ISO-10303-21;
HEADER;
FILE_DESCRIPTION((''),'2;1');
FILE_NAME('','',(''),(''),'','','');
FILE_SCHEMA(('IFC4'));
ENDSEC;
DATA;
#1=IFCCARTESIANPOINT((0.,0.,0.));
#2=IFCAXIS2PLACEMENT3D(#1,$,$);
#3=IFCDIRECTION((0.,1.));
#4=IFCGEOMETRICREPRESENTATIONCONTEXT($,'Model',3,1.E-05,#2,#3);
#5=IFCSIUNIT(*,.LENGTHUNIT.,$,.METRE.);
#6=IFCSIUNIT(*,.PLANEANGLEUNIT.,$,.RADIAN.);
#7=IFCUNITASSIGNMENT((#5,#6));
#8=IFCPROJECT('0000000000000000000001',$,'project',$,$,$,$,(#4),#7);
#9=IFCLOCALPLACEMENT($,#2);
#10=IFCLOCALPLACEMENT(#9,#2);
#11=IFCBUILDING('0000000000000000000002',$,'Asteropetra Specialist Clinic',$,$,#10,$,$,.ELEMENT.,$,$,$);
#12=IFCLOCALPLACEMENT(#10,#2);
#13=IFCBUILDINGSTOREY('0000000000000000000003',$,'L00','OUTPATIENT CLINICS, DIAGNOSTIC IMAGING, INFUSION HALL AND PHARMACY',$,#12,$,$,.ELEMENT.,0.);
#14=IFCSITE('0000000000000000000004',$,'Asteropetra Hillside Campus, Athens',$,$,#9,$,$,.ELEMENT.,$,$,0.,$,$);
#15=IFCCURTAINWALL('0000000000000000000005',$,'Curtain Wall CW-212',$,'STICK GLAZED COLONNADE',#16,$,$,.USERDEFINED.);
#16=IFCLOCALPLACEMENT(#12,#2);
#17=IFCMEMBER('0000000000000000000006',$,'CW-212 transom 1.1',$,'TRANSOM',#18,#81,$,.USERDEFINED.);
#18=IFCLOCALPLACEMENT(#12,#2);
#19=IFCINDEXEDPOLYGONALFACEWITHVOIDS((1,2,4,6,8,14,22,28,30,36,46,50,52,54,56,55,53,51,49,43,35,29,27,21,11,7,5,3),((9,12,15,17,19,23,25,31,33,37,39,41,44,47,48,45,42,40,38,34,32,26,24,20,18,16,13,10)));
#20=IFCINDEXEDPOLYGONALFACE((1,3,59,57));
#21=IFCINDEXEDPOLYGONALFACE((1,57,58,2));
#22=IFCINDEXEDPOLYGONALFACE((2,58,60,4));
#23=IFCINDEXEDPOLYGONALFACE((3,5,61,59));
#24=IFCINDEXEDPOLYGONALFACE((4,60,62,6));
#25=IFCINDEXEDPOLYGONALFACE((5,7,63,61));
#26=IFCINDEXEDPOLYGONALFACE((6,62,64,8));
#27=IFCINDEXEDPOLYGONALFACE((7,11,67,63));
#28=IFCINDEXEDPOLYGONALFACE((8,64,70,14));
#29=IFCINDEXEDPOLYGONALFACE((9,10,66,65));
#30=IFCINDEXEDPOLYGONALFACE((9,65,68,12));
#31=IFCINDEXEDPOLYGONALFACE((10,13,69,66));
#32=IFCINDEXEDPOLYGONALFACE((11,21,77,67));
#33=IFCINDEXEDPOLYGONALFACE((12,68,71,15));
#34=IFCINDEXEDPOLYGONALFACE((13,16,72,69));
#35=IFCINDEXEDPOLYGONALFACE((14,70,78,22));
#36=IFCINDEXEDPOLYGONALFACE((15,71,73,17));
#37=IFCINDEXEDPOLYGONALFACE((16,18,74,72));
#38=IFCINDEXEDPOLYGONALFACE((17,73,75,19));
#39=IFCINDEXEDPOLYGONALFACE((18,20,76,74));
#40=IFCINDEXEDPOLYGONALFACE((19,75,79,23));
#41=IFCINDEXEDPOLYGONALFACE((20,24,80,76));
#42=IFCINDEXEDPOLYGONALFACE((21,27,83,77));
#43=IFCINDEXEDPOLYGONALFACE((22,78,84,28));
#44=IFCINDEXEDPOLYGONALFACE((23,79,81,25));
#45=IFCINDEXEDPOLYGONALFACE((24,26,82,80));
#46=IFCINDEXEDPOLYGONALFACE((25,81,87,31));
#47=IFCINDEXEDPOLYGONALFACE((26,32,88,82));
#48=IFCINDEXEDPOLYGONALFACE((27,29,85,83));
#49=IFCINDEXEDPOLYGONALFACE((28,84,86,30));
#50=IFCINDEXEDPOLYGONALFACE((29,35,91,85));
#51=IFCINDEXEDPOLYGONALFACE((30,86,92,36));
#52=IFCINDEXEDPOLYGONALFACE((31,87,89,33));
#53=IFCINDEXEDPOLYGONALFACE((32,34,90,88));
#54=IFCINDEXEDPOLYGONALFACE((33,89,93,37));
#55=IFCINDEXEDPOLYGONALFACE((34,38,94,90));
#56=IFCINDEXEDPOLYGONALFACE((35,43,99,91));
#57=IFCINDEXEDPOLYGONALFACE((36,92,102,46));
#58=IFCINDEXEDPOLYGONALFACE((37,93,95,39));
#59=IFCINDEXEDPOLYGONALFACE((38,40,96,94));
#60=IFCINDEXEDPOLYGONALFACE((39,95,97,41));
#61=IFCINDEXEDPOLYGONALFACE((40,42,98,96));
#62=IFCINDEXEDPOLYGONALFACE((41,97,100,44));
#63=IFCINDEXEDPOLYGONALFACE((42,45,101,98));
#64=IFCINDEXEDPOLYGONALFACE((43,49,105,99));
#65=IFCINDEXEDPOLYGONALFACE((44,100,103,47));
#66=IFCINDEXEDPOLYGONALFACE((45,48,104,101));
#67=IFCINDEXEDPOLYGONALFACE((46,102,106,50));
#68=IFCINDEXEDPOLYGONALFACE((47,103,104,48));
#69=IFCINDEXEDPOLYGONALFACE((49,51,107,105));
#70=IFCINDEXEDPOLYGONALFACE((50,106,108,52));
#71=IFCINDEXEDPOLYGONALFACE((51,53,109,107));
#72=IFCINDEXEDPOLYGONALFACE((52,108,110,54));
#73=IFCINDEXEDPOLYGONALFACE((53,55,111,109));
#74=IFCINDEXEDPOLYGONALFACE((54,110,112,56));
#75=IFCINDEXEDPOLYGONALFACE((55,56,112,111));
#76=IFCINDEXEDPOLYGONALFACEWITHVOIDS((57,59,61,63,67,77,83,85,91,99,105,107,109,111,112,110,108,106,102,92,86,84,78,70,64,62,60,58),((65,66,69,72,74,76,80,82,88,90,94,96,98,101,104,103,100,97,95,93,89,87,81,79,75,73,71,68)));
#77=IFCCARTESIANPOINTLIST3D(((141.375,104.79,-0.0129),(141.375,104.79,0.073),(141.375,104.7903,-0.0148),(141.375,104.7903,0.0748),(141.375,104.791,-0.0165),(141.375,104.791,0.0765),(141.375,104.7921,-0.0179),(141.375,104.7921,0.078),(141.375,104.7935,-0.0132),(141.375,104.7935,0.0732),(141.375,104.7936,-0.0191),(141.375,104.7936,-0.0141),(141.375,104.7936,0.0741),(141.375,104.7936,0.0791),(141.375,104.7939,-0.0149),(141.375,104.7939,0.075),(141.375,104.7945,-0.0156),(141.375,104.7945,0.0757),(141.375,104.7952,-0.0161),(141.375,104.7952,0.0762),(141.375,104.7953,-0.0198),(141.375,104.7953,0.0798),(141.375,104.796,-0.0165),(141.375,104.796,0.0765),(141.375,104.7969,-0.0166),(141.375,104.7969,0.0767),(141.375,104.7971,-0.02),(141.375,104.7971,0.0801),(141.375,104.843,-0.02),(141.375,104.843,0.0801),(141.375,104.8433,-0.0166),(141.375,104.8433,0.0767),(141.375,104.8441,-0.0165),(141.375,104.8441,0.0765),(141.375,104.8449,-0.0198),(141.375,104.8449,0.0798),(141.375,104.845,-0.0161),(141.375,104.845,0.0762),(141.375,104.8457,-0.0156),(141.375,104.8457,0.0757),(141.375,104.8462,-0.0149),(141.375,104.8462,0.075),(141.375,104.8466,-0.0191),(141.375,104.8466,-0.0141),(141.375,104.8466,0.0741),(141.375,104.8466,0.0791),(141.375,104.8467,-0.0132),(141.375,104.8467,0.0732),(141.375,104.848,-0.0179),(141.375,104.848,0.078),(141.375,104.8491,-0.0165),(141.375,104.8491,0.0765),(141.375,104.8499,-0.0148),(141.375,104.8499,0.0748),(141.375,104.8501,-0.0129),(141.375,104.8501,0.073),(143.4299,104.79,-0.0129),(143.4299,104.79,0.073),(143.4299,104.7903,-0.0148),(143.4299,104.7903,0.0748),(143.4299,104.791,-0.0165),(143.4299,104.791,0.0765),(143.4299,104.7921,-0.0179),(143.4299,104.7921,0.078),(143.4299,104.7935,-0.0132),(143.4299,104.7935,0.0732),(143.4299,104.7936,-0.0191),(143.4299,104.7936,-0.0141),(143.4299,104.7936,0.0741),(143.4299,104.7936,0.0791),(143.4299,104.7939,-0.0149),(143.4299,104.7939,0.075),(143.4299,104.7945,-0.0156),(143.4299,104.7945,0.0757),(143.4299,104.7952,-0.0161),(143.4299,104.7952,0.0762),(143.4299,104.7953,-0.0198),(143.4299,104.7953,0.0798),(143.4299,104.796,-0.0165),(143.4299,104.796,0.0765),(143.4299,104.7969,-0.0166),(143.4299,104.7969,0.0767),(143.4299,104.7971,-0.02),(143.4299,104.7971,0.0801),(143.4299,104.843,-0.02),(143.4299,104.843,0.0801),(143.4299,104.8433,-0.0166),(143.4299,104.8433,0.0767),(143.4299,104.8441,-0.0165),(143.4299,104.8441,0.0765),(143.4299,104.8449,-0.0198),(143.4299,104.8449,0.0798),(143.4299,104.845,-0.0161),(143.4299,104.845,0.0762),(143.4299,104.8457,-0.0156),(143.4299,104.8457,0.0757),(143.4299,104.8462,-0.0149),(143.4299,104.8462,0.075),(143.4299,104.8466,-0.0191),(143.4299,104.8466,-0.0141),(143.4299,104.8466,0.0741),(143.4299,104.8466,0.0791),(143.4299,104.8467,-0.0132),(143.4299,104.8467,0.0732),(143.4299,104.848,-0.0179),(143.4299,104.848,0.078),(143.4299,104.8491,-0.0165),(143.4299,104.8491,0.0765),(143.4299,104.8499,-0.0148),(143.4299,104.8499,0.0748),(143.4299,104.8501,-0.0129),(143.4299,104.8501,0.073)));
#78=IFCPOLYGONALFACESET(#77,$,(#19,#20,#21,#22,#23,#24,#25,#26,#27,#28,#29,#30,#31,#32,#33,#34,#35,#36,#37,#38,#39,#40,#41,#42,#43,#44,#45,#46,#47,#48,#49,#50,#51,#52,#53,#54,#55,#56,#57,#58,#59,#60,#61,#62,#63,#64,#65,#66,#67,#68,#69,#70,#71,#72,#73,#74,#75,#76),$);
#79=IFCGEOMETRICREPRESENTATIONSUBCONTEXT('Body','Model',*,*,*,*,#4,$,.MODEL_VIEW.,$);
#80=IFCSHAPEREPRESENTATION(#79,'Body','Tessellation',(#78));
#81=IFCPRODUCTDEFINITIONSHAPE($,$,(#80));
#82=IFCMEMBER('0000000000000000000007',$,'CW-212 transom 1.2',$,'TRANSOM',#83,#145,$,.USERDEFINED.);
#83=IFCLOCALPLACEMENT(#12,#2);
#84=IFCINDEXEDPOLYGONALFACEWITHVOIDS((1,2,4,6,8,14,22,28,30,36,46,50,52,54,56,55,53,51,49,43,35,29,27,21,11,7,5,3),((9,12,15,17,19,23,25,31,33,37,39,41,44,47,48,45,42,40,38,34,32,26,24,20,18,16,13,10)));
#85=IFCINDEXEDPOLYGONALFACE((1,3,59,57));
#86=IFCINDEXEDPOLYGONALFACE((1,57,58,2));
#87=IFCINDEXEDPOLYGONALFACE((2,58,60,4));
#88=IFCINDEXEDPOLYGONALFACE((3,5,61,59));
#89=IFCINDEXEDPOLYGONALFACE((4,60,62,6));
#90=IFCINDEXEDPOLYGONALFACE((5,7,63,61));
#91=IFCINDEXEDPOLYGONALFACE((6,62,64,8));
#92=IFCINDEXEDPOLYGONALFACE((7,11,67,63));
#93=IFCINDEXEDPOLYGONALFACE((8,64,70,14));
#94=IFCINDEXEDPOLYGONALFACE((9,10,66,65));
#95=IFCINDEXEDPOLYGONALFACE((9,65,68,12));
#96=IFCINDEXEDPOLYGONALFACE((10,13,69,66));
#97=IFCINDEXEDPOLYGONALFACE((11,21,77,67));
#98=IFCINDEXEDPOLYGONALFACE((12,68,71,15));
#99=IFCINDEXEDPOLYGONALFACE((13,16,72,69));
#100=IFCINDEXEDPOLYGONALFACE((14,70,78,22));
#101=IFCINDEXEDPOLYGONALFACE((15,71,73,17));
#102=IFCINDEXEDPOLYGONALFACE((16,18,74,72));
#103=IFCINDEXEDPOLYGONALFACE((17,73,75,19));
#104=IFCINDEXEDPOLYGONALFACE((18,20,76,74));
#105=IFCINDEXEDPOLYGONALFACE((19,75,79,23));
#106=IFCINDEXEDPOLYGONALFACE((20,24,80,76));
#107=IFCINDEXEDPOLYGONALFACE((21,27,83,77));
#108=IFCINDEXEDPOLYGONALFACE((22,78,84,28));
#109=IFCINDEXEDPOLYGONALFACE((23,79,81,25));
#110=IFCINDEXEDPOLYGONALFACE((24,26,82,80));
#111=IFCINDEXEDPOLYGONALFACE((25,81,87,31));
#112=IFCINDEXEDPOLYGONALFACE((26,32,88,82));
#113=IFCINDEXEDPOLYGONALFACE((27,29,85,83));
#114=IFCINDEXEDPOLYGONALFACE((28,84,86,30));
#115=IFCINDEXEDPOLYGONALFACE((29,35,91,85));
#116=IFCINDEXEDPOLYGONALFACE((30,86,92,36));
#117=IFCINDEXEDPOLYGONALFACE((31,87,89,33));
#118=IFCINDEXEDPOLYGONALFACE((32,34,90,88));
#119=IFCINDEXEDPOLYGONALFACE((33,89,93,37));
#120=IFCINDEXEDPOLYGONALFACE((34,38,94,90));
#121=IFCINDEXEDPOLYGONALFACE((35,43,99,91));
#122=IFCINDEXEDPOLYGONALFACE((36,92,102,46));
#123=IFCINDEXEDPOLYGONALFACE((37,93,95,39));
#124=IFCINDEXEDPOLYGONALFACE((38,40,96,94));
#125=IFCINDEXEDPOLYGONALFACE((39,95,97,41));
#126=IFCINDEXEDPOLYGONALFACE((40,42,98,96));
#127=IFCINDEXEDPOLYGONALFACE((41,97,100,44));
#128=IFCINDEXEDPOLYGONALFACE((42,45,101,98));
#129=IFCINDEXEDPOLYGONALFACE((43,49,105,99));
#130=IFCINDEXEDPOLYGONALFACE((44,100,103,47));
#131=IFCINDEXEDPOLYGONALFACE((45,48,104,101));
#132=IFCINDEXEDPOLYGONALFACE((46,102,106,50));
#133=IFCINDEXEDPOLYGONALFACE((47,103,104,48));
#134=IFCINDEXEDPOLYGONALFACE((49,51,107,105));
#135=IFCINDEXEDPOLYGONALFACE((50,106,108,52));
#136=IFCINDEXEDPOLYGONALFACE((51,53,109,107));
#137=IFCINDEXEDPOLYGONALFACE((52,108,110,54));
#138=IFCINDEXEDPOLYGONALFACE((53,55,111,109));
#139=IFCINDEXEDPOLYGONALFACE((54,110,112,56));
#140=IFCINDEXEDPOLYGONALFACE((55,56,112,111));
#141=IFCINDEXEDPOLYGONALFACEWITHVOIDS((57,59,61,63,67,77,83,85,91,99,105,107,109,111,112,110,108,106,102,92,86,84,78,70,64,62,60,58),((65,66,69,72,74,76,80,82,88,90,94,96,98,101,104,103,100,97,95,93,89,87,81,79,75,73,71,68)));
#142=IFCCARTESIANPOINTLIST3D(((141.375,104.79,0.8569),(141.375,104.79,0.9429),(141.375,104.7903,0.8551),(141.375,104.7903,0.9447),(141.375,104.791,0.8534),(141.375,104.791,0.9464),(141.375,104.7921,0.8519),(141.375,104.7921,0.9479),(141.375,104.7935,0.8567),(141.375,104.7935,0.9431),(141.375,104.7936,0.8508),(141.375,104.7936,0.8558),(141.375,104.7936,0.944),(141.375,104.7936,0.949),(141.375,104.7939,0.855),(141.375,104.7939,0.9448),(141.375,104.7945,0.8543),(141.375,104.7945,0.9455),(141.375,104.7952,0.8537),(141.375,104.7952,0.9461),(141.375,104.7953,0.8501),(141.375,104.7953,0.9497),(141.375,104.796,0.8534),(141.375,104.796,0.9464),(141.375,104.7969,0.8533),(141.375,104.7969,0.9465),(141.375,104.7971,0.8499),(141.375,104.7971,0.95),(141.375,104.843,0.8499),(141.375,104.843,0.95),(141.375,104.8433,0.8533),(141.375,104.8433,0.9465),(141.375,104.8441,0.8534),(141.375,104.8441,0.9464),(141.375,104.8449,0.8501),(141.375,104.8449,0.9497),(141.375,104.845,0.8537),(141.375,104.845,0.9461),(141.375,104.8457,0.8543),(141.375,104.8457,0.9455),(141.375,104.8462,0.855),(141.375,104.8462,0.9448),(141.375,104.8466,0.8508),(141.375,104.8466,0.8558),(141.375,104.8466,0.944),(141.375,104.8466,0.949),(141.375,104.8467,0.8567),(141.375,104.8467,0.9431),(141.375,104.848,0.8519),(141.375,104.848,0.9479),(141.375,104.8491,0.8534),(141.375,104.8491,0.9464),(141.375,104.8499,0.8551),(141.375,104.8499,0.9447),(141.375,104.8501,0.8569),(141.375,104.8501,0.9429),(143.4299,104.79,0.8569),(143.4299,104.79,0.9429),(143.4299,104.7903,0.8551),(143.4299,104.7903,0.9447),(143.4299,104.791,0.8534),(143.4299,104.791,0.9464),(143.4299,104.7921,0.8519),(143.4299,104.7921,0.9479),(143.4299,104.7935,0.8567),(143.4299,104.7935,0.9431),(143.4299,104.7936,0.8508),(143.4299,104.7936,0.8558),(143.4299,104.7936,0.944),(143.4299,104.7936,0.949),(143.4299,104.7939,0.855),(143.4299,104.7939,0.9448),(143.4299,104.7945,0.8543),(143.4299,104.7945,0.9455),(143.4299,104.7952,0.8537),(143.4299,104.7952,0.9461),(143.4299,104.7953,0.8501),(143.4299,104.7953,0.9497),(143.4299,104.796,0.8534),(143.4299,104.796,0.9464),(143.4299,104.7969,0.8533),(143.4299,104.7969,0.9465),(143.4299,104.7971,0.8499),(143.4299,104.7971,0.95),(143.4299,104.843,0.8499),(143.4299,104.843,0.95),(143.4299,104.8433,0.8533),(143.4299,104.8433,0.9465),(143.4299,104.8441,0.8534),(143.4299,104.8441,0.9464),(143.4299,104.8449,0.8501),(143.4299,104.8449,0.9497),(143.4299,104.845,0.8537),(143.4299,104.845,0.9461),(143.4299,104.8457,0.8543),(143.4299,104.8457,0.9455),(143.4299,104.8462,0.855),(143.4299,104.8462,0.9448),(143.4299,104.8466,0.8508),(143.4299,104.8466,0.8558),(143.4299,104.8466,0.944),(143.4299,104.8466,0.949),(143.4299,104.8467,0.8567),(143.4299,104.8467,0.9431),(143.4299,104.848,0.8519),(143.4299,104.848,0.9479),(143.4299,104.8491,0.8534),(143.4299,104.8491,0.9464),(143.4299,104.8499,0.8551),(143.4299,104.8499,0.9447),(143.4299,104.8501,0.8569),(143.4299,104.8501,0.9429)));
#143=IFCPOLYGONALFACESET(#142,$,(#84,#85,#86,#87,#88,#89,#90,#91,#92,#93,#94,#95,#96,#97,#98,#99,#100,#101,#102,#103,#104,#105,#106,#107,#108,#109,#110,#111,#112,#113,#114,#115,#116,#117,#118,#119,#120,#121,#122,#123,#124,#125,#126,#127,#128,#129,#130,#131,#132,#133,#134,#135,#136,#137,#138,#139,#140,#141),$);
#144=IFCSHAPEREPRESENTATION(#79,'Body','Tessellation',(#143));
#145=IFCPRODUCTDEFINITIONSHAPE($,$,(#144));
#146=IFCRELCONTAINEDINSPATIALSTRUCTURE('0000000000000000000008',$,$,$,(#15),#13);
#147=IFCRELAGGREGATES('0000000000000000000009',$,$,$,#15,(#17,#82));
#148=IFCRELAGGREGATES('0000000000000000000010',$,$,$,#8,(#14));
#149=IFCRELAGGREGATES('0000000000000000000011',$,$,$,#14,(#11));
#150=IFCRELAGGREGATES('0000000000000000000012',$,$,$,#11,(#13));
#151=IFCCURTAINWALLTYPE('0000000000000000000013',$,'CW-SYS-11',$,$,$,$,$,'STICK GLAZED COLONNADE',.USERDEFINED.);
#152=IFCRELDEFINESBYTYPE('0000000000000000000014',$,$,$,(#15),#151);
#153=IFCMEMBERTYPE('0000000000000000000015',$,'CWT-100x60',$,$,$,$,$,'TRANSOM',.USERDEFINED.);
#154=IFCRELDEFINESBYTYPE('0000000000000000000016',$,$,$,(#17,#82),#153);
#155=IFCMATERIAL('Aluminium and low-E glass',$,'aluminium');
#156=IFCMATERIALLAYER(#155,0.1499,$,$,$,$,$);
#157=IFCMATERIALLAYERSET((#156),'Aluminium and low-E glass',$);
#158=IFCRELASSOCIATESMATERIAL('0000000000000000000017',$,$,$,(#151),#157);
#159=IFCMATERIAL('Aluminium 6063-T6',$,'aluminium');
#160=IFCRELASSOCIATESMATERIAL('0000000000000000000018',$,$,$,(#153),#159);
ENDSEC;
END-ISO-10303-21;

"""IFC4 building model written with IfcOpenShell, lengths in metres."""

from ifc_helpers import new_model, si_unit, direction, frame, origin, origin_2d, place, context, subcontext, project, spatial, hollow_rectangle, extrude, material, layer, layer_set, material_profile, profile_set, type_object, element, aggregate, save


model = new_model("IFC4")

# Units and contexts
model_context = context("Model", 3, precision=1e-05, world=origin(), true_north=direction((0.0, 1.0)))
body_context = subcontext(model_context, "Body", "Model", "MODEL_VIEW")
ifc_project = project(units=[si_unit("LENGTHUNIT", "METRE"), si_unit("PLANEANGLEUNIT", "RADIAN")], contexts=[model_context])

# Site, building, storey
site_placement = place(None, origin())
site = spatial("IfcSite", under=ifc_project, at=site_placement, Name="Asteropetra Hillside Campus, Athens", CompositionType="ELEMENT", RefElevation=0.0)
building_placement = place(site_placement, origin())
building = spatial("IfcBuilding", under=site, at=building_placement, Name="Asteropetra Specialist Clinic", CompositionType="ELEMENT")
storey_placement = place(building_placement, origin())
storey = spatial("IfcBuildingStorey", under=building, at=storey_placement, Name="L00", Description="OUTPATIENT CLINICS, DIAGNOSTIC IMAGING, INFUSION HALL AND PHARMACY", CompositionType="ELEMENT", Elevation=0.0)

# Curtain wall, members
ifc_material_1 = material(Name="Aluminium and low-E glass", Category="aluminium")
ifc_layer_1 = layer(ifc_material_1, 0.1499)
ifc_layer_set_1 = layer_set([ifc_layer_1], Name="Aluminium and low-E glass")
curtain_wall_type = type_object("IfcCurtainWallType", Name="CW-SYS-11", ElementType="STICK GLAZED COLONNADE", PredefinedType="USERDEFINED", material=ifc_layer_set_1)
curtain_wall_placement = place(storey_placement, origin())
curtain_wall = element("IfcCurtainWall", 1, at=curtain_wall_placement, inside=storey, type_object=curtain_wall_type, Name="Curtain Wall CW-212", ObjectType="STICK GLAZED COLONNADE", PredefinedType="USERDEFINED")
ifc_material_2 = material(Name="Aluminium 6063-T6", Category="aluminium")
ifc_material_profile_1 = material_profile(ifc_material_2, hollow_rectangle(XDim=0.0601, YDim=0.1001, WallThickness=0.0034, InnerFilletRadius=0.0034, OuterFilletRadius=0.0071, at=origin_2d()), Name="TRN 100x60x3.5")
ifc_profile_set_1 = profile_set([ifc_material_profile_1], Name="Aluminium 6063-T6")
member_type_1 = type_object("IfcMemberType", Name="CWT-100x60", ElementType="TRANSOM", PredefinedType="USERDEFINED", material=ifc_profile_set_1)
member_1_placement = place(storey_placement, frame((143.4299, 104.8201, 0.03), z_axis=(-1.0, 0.0, 0.0), x_axis=(0.0, -1.0, 0.0)))
member_1 = element("IfcMember", 2, at=member_1_placement, type_object=member_type_1, Name="CW-212 transom 1.1", ObjectType="TRANSOM", PredefinedType="USERDEFINED", context=body_context, shape_type="SweptSolid", body=[
    extrude(hollow_rectangle(XDim=0.0601, YDim=0.1001, WallThickness=0.0034, InnerFilletRadius=0.0034, OuterFilletRadius=0.0071, at=origin_2d()), origin(), (0.0, 0.0, 1.0), 2.0549),
])
member_2_placement = place(storey_placement, frame((143.4299, 104.8201, 0.8999), z_axis=(-1.0, 0.0, 0.0), x_axis=(0.0, -1.0, 0.0)))
member_2 = element("IfcMember", 3, at=member_2_placement, type_object=member_type_1, Name="CW-212 transom 1.2", ObjectType="TRANSOM", PredefinedType="USERDEFINED", context=body_context, shape_type="SweptSolid", body=[
    extrude(hollow_rectangle(XDim=0.0601, YDim=0.1001, WallThickness=0.0034, InnerFilletRadius=0.0034, OuterFilletRadius=0.0071, at=origin_2d()), origin(), (0.0, 0.0, 1.0), 2.0549),
])
aggregate(curtain_wall, [member_1, member_2])

save(model, "model.ifc")
